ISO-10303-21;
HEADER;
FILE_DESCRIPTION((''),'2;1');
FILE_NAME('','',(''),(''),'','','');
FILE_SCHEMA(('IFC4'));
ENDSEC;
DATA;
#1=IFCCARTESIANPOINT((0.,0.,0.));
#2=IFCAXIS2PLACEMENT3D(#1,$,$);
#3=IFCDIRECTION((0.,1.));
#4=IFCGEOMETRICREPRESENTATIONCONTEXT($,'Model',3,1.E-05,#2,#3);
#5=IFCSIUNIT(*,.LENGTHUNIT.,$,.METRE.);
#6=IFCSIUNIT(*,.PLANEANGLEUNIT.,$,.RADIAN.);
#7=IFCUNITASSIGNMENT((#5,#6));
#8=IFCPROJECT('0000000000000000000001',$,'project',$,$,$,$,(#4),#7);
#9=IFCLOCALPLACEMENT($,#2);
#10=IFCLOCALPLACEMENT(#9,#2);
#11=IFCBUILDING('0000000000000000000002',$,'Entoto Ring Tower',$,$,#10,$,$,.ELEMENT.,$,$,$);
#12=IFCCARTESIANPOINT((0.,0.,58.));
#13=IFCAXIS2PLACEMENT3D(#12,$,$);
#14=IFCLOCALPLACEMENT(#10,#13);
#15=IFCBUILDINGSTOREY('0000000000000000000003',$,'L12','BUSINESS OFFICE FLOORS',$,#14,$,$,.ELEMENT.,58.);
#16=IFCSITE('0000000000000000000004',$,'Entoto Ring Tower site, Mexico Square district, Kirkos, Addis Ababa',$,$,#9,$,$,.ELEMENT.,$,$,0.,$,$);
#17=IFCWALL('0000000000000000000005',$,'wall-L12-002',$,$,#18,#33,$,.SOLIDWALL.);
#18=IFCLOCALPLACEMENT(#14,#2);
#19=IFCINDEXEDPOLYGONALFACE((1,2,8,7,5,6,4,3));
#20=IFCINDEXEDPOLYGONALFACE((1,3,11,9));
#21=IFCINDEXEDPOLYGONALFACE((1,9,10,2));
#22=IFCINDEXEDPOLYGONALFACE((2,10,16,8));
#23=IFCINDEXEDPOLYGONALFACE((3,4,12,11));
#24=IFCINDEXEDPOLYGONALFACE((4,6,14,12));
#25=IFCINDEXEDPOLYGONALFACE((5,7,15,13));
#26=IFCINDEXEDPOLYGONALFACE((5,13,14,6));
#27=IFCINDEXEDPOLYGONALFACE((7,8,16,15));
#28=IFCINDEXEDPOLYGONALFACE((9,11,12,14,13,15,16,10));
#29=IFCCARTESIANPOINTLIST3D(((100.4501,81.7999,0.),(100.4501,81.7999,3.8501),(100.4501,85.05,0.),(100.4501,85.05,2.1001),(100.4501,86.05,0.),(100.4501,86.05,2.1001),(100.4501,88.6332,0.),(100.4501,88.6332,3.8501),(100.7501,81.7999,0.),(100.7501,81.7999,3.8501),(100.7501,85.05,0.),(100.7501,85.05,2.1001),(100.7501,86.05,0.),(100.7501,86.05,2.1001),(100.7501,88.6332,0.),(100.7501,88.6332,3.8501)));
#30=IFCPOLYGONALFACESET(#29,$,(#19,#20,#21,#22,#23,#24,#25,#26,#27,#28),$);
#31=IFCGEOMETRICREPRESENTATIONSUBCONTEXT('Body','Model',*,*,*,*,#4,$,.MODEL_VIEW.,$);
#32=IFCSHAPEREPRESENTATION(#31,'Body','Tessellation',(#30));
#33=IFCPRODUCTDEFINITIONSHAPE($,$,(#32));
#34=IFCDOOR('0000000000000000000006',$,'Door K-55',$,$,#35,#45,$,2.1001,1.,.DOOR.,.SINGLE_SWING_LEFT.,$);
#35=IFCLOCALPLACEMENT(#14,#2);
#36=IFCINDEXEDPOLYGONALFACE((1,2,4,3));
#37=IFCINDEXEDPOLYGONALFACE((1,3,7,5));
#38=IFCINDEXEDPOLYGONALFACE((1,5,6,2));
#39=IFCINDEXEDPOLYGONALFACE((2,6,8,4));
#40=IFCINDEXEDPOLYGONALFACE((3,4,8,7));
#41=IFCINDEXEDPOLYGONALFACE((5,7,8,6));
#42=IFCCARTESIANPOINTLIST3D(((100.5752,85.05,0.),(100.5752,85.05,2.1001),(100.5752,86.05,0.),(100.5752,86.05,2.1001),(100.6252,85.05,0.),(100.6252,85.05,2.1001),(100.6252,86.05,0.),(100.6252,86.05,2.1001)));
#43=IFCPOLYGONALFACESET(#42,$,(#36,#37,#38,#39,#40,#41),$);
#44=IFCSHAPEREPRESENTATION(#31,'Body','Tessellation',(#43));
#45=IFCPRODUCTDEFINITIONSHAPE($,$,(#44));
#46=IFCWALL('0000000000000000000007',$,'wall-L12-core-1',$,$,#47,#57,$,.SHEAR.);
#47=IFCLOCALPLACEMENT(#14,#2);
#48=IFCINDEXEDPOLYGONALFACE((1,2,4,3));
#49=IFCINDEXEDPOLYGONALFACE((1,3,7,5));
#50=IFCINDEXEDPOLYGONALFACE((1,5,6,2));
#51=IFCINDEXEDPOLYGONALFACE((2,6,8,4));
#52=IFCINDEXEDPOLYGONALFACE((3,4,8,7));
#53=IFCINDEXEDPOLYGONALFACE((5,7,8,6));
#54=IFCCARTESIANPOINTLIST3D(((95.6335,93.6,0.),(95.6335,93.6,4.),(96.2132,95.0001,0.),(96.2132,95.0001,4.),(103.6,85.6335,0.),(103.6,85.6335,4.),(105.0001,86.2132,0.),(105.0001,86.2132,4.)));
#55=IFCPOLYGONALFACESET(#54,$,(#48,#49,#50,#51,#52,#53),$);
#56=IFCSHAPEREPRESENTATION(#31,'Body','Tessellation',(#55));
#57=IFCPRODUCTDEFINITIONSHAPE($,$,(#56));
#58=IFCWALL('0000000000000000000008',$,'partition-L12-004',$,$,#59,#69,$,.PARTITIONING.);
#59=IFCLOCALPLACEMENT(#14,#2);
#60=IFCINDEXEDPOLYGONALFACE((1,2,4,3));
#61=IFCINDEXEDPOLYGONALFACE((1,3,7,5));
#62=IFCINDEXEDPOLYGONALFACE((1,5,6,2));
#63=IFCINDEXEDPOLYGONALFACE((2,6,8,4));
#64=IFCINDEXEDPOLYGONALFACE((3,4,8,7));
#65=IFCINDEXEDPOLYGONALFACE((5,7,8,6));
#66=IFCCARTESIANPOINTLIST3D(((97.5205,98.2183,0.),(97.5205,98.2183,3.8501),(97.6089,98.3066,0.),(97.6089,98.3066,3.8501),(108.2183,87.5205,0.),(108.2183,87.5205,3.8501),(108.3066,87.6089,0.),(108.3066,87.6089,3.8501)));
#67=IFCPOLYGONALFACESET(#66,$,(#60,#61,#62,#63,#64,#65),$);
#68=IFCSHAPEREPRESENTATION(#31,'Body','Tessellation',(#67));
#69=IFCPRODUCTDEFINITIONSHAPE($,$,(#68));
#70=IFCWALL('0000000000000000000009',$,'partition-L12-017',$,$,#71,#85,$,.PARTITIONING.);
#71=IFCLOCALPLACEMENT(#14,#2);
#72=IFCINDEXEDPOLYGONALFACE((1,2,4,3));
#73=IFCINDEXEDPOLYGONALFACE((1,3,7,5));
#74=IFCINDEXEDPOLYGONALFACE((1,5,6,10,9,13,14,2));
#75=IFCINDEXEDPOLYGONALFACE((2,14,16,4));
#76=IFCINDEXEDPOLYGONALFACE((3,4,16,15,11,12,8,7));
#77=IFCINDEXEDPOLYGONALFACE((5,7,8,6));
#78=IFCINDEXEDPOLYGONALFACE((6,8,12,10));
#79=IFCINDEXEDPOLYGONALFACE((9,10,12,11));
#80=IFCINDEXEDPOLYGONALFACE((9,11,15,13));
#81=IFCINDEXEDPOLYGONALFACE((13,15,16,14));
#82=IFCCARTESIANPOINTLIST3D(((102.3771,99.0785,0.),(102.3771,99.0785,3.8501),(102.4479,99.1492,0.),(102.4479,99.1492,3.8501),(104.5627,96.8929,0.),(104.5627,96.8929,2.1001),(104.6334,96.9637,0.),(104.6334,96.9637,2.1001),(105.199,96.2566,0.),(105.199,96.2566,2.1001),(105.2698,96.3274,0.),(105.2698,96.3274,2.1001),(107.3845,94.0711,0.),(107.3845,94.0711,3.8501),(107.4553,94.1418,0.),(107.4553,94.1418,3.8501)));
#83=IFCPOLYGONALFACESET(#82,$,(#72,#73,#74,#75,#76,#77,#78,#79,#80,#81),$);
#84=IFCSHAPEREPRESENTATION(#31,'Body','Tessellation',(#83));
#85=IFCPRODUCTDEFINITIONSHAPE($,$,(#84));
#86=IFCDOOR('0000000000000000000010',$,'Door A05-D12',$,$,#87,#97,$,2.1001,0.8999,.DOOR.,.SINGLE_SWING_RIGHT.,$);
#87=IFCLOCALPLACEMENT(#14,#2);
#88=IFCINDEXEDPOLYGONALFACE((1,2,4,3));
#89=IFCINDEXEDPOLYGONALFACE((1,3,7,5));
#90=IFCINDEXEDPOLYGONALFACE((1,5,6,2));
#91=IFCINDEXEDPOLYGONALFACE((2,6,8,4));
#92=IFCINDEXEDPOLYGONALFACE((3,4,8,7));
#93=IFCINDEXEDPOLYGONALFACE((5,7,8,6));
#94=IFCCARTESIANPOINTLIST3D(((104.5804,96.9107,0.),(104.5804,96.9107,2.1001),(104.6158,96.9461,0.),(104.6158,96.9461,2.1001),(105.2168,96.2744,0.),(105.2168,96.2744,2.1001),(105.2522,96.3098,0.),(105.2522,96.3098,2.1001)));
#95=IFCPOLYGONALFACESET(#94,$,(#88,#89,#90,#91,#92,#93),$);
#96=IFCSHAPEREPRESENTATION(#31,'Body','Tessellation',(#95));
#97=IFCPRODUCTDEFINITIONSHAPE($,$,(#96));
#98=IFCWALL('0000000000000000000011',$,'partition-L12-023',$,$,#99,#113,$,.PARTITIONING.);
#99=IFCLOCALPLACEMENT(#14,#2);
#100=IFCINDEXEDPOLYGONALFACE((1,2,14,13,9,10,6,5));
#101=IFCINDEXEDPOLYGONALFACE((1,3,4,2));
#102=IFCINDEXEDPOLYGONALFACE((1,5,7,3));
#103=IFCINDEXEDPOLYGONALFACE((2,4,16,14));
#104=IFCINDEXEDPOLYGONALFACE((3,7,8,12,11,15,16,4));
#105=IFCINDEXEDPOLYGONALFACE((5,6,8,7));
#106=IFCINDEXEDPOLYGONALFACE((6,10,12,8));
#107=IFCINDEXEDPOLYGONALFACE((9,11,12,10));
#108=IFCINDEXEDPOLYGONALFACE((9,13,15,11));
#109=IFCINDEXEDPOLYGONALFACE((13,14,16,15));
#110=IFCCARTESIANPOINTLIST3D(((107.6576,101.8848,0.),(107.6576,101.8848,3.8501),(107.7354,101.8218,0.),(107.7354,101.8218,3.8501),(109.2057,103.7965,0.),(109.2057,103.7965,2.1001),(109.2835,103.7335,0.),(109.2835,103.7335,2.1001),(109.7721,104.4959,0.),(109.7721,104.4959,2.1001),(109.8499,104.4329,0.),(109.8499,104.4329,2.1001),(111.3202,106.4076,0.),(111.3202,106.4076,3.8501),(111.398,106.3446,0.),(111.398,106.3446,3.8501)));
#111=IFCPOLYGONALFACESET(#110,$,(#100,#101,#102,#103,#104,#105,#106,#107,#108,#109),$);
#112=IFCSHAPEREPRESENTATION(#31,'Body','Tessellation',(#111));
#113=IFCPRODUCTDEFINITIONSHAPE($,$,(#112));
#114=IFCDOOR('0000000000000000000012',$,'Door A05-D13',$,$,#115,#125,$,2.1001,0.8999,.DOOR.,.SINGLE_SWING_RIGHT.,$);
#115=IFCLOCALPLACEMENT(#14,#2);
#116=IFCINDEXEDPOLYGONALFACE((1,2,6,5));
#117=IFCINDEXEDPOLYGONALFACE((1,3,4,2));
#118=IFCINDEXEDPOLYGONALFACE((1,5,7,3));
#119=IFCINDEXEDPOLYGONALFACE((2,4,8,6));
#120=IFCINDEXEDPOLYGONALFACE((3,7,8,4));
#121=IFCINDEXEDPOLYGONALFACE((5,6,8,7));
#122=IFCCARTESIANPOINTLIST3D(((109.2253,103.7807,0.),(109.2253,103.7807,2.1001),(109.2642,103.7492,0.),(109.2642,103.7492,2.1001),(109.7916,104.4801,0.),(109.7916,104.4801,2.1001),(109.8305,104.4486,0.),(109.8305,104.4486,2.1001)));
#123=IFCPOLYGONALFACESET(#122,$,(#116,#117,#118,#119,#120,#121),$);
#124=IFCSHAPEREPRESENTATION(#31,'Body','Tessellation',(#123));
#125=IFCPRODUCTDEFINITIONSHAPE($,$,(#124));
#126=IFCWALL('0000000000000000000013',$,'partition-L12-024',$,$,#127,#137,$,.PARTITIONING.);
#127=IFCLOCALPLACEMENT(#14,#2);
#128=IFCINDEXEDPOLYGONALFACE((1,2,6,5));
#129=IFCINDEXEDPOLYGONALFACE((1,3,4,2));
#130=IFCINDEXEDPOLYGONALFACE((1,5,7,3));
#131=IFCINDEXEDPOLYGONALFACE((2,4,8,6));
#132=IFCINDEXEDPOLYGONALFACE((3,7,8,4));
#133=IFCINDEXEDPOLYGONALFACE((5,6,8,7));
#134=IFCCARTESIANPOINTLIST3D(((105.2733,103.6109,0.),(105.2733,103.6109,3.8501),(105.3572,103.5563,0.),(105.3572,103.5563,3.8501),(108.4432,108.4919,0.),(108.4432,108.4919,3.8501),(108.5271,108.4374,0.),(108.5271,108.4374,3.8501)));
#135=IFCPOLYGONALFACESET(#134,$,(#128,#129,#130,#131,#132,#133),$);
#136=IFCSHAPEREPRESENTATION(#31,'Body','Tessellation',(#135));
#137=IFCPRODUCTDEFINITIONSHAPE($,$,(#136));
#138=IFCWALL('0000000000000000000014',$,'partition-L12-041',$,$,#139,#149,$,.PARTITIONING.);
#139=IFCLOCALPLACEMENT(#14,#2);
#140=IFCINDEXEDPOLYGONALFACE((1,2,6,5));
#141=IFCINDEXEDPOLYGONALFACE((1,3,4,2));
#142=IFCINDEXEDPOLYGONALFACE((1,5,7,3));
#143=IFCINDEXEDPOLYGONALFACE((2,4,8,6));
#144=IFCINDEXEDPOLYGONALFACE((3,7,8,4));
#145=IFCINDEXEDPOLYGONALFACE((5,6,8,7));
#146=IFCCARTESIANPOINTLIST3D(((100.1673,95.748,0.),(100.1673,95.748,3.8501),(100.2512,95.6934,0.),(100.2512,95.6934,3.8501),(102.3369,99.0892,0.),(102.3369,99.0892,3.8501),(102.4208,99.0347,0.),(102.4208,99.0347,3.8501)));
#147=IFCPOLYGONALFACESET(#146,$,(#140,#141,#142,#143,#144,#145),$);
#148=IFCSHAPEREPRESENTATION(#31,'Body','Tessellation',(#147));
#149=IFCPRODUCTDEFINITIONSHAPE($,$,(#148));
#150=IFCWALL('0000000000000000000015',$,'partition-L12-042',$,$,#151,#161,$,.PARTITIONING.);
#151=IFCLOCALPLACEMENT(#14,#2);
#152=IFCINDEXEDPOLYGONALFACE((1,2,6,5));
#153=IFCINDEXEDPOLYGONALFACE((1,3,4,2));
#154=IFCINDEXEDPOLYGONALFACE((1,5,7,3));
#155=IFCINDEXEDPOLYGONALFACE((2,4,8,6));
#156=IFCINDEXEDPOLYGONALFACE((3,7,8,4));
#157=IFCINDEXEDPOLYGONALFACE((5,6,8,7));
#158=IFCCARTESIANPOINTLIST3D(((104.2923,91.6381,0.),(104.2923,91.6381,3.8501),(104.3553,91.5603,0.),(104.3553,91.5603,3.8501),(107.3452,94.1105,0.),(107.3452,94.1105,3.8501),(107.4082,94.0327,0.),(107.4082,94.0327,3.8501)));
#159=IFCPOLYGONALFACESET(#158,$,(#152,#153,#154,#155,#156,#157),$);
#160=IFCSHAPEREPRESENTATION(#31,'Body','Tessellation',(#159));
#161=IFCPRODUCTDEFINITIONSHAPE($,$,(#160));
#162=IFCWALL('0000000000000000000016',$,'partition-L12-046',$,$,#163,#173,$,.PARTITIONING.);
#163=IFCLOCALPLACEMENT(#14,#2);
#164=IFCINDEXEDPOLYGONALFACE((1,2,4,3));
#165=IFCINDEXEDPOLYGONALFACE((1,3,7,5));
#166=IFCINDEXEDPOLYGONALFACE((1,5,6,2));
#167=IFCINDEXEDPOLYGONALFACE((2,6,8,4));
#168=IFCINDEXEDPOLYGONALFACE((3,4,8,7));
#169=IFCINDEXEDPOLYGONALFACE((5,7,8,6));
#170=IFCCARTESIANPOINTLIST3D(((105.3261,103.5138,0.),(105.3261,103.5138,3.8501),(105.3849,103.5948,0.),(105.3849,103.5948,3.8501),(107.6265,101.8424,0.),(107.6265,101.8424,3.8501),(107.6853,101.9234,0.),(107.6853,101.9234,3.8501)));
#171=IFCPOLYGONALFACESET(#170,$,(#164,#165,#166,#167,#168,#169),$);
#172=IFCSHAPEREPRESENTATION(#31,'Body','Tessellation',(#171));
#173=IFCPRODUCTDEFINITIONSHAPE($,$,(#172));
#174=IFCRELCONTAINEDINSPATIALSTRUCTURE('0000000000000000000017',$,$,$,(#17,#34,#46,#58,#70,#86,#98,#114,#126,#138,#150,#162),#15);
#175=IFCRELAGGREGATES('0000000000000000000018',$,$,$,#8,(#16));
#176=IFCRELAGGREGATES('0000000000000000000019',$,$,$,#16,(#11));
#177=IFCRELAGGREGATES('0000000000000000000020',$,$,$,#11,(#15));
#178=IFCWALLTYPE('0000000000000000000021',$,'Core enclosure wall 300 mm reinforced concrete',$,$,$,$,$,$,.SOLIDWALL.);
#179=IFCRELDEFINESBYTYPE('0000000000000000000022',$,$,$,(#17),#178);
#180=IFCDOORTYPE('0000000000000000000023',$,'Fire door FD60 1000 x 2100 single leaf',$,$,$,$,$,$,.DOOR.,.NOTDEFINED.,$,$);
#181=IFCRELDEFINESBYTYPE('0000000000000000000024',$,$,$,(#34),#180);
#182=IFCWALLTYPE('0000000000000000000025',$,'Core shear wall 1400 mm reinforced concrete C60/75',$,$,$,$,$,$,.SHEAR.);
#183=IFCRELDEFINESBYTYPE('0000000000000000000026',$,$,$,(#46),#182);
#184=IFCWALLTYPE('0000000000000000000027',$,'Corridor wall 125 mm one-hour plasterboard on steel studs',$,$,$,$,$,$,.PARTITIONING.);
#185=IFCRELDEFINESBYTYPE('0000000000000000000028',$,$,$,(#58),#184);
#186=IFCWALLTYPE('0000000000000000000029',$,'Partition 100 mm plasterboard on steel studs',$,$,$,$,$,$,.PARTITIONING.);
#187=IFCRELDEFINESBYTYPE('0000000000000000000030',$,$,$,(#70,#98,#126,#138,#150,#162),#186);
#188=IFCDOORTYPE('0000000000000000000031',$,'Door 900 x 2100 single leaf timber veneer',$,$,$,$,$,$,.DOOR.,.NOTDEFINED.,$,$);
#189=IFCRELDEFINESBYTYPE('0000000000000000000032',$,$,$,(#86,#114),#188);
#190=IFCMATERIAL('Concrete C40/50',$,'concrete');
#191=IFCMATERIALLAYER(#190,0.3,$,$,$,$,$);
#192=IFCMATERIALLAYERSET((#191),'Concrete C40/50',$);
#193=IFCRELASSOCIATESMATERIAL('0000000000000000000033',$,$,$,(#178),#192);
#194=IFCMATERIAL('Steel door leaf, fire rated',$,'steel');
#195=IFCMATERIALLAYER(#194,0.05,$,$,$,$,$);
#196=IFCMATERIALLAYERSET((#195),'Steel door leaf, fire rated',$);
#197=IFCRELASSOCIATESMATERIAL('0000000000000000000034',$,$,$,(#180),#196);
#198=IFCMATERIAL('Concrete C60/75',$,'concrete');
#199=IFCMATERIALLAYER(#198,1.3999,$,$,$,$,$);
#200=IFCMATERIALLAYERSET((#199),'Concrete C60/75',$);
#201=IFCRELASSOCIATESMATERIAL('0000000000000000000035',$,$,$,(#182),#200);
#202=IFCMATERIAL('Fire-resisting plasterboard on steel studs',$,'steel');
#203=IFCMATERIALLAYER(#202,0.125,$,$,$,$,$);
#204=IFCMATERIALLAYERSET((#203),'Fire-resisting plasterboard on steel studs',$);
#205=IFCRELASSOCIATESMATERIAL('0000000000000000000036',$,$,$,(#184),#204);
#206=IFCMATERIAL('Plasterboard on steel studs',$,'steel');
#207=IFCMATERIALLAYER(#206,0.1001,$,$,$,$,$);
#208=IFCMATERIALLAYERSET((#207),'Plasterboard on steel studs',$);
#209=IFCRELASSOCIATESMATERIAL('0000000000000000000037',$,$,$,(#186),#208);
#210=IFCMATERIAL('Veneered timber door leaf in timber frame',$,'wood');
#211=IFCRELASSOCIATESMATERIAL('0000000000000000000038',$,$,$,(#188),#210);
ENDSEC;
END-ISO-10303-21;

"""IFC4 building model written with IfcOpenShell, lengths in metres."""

from ifc_helpers import new_model, si_unit, direction, frame, frame_2d, origin, place, context, subcontext, project, spatial, polyline, rectangle, outline, extrude, material, layer, layer_set, type_object, element, fill, save


model = new_model("IFC4")

# Units and contexts
model_context = context("Model", 3, precision=1e-05, world=origin(), true_north=direction((0.0, 1.0)))
body_context = subcontext(model_context, "Body", "Model", "MODEL_VIEW")
ifc_project = project(units=[si_unit("LENGTHUNIT", "METRE"), si_unit("PLANEANGLEUNIT", "RADIAN")], contexts=[model_context])

# Site, building, storey
site_placement = place(None, origin())
site = spatial("IfcSite", under=ifc_project, at=site_placement, Name="Entoto Ring Tower site, Mexico Square district, Kirkos, Addis Ababa", CompositionType="ELEMENT", RefElevation=0.0)
building_placement = place(site_placement, origin())
building = spatial("IfcBuilding", under=site, at=building_placement, Name="Entoto Ring Tower", CompositionType="ELEMENT")
storey_placement = place(building_placement, frame((0.0, 0.0, 58.0)))
storey = spatial("IfcBuildingStorey", under=building, at=storey_placement, Name="L12", Description="BUSINESS OFFICE FLOORS", CompositionType="ELEMENT", Elevation=58.0)

# Wall, opening, door
ifc_material_1 = material(Name="Concrete C40/50", Category="concrete")
ifc_layer_1 = layer(ifc_material_1, 0.3)
ifc_layer_set_1 = layer_set([ifc_layer_1], Name="Concrete C40/50")
wall_type_1 = type_object("IfcWallType", Name="Core enclosure wall 300 mm reinforced concrete", PredefinedType="SOLIDWALL", material=ifc_layer_set_1)
wall_1_placement = place(storey_placement, frame((100.6001, 81.8, 0.0), z_axis=(0.0, 0.0, 1.0), x_axis=(0.0, 1.0, 0.0)))
wall_1 = element("IfcWall", 1, at=wall_1_placement, inside=storey, type_object=wall_type_1, Name="wall-L12-002", PredefinedType="SOLIDWALL", context=body_context, shape_type="SweptSolid", body=[
    extrude(rectangle(XDim=6.8333, YDim=0.3, at=frame_2d((3.4165, 0.0))), origin(), (0.0, 0.0, 1.0), 3.8501),
])
opening_1_placement = place(wall_1_placement, frame((3.25, 0.0, 0.0)))
opening_1 = element("IfcOpeningElement", 2, at=opening_1_placement, cuts=wall_1, PredefinedType="OPENING", context=body_context, shape_type="SweptSolid", body=[
    extrude(rectangle(XDim=1.0, YDim=2.1001, at=frame_2d((0.5, 1.05))), frame((0.0, 0.1602, 0.0), z_axis=(0.0, -1.0, 0.0), x_axis=(1.0, 0.0, 0.0)), (0.0, 0.0, 1.0), 0.3201),
])
ifc_material_2 = material(Name="Steel door leaf, fire rated", Category="steel")
ifc_layer_2 = layer(ifc_material_2, 0.05)
ifc_layer_set_2 = layer_set([ifc_layer_2], Name="Steel door leaf, fire rated")
door_type_1 = type_object("IfcDoorType", Name="Fire door FD60 1000 x 2100 single leaf", OperationType="NOTDEFINED", PredefinedType="DOOR", material=ifc_layer_set_2)
door_1_placement = place(opening_1_placement, origin())
door_1 = element("IfcDoor", 3, at=door_1_placement, inside=storey, type_object=door_type_1, Name="Door K-55", OperationType="SINGLE_SWING_LEFT", OverallHeight=2.1001, OverallWidth=1.0, PredefinedType="DOOR", context=body_context, shape_type="SweptSolid", body=[
    extrude(rectangle(XDim=1.0, YDim=2.1001, at=frame_2d((0.5, 1.05))), frame((0.0, 0.0249, 0.0), z_axis=(0.0, -1.0, 0.0), x_axis=(1.0, 0.0, 0.0)), (0.0, 0.0, 1.0), 0.05),
])
fill(opening_1, door_1)

# Walls
ifc_material_3 = material(Name="Concrete C60/75", Category="concrete")
ifc_layer_3 = layer(ifc_material_3, 1.3999)
ifc_layer_set_3 = layer_set([ifc_layer_3], Name="Concrete C60/75")
wall_type_2 = type_object("IfcWallType", Name="Core shear wall 1400 mm reinforced concrete C60/75", PredefinedType="SHEAR", material=ifc_layer_set_3)
wall_2_placement = place(storey_placement, frame((104.3, 85.9233, 0.0), z_axis=(0.0, 0.0, 1.0), x_axis=(-0.707107, 0.707107, 0.0)))
element("IfcWall", 4, at=wall_2_placement, inside=storey, type_object=wall_type_2, Name="wall-L12-core-1", PredefinedType="SHEAR", context=body_context, shape_type="SweptSolid", body=[
    extrude(outline(polyline([(-0.29, -0.7), (12.1365, -0.7), (11.5564, 0.7), (0.29, 0.7), (-0.29, -0.7)])), origin(), (0.0, 0.0, 1.0), 4.0),
])
ifc_material_4 = material(Name="Fire-resisting plasterboard on steel studs", Category="steel")
ifc_layer_4 = layer(ifc_material_4, 0.125)
ifc_layer_set_4 = layer_set([ifc_layer_4], Name="Fire-resisting plasterboard on steel studs")
wall_type_3 = type_object("IfcWallType", Name="Corridor wall 125 mm one-hour plasterboard on steel studs", PredefinedType="PARTITIONING", material=ifc_layer_set_4)
wall_3_placement = place(storey_placement, frame((108.2625, 87.5647, 0.0), z_axis=(0.0, 0.0, 1.0), x_axis=(-0.707107, 0.707107, 0.0)))
element("IfcWall", 5, at=wall_3_placement, inside=storey, type_object=wall_type_3, Name="partition-L12-004", PredefinedType="PARTITIONING", context=body_context, shape_type="SweptSolid", body=[
    extrude(rectangle(XDim=15.1289, YDim=0.125, at=frame_2d((7.5645, 0.0))), origin(), (0.0, 0.0, 1.0), 3.8501),
])

# Walls, openings, doors
ifc_material_5 = material(Name="Plasterboard on steel studs", Category="steel")
ifc_layer_5 = layer(ifc_material_5, 0.1001)
ifc_layer_set_5 = layer_set([ifc_layer_5], Name="Plasterboard on steel studs")
wall_type_4 = type_object("IfcWallType", Name="Partition 100 mm plasterboard on steel studs", PredefinedType="PARTITIONING", material=ifc_layer_set_5)
wall_4_placement = place(storey_placement, frame((107.4199, 94.1064, 0.0), z_axis=(0.0, 0.0, 1.0), x_axis=(-0.707107, 0.707107, 0.0)))
wall_4 = element("IfcWall", 6, at=wall_4_placement, inside=storey, type_object=wall_type_4, Name="partition-L12-017", PredefinedType="PARTITIONING", context=body_context, shape_type="SweptSolid", body=[
    extrude(rectangle(XDim=7.0815, YDim=0.1001, at=frame_2d((3.5408, 0.0))), origin(), (0.0, 0.0, 1.0), 3.8501),
])
opening_2_placement = place(wall_4_placement, frame((3.0908, 0.0, 0.0)))
opening_2 = element("IfcOpeningElement", 7, at=opening_2_placement, cuts=wall_4, PredefinedType="OPENING", context=body_context, shape_type="SweptSolid", body=[
    extrude(rectangle(XDim=0.8999, YDim=2.1001, at=frame_2d((0.45, 1.05))), frame((0.0, 0.0601, 0.0), z_axis=(0.0, -1.0, 0.0), x_axis=(1.0, 0.0, 0.0)), (0.0, 0.0, 1.0), 0.1201),
])
ifc_material_6 = material(Name="Veneered timber door leaf in timber frame", Category="wood")
door_type_2 = type_object("IfcDoorType", Name="Door 900 x 2100 single leaf timber veneer", OperationType="NOTDEFINED", PredefinedType="DOOR", material=ifc_material_6)
door_2_placement = place(opening_2_placement, origin())
door_2 = element("IfcDoor", 8, at=door_2_placement, inside=storey, type_object=door_type_2, Name="Door A05-D12", OperationType="SINGLE_SWING_RIGHT", OverallHeight=2.1001, OverallWidth=0.8999, PredefinedType="DOOR", context=body_context, shape_type="SweptSolid", body=[
    extrude(rectangle(XDim=0.8999, YDim=2.1001, at=frame_2d((0.45, 1.05))), frame((0.0, 0.0249, 0.0), z_axis=(0.0, -1.0, 0.0), x_axis=(1.0, 0.0, 0.0)), (0.0, 0.0, 1.0), 0.05),
])
fill(opening_2, door_2)
wall_5_placement = place(storey_placement, frame((107.6965, 101.8533, 0.0), z_axis=(0.0, 0.0, 1.0), x_axis=(0.629319, 0.777147, 0.0)))
wall_5 = element("IfcWall", 9, at=wall_5_placement, inside=storey, type_object=wall_type_4, Name="partition-L12-023", PredefinedType="PARTITIONING", context=body_context, shape_type="SweptSolid", body=[
    extrude(rectangle(XDim=5.8198, YDim=0.1001, at=frame_2d((2.9099, 0.0))), origin(), (0.0, 0.0, 1.0), 3.8501),
])
opening_3_placement = place(wall_5_placement, frame((2.46, 0.0, 0.0)))
opening_3 = element("IfcOpeningElement", 10, at=opening_3_placement, cuts=wall_5, PredefinedType="OPENING", context=body_context, shape_type="SweptSolid", body=[
    extrude(rectangle(XDim=0.8999, YDim=2.1001, at=frame_2d((0.45, 1.05))), frame((0.0, 0.0601, 0.0), z_axis=(0.0, -1.0, 0.0), x_axis=(1.0, 0.0, 0.0)), (0.0, 0.0, 1.0), 0.1201),
])
door_3_placement = place(opening_3_placement, origin())
door_3 = element("IfcDoor", 11, at=door_3_placement, inside=storey, type_object=door_type_2, Name="Door A05-D13", OperationType="SINGLE_SWING_RIGHT", OverallHeight=2.1001, OverallWidth=0.8999, PredefinedType="DOOR", context=body_context, shape_type="SweptSolid", body=[
    extrude(rectangle(XDim=0.8999, YDim=2.1001, at=frame_2d((0.45, 1.05))), frame((0.0, 0.0249, 0.0), z_axis=(0.0, -1.0, 0.0), x_axis=(1.0, 0.0, 0.0)), (0.0, 0.0, 1.0), 0.05),
])
fill(opening_3, door_3)

# Walls
wall_6_placement = place(storey_placement, frame((105.3152, 103.5835, 0.0), z_axis=(0.0, 0.0, 1.0), x_axis=(0.544651, 0.838663, 0.0)))
element("IfcWall", 12, at=wall_6_placement, inside=storey, type_object=wall_type_4, Name="partition-L12-024", PredefinedType="PARTITIONING", context=body_context, shape_type="SweptSolid", body=[
    extrude(rectangle(XDim=5.8201, YDim=0.1001, at=frame_2d((2.9102, 0.0))), origin(), (0.0, 0.0, 1.0), 3.8501),
])
wall_7_placement = place(storey_placement, frame((100.2092, 95.7207, 0.0), z_axis=(0.0, 0.0, 1.0), x_axis=(0.544605, 0.838693, 0.0)))
element("IfcWall", 13, at=wall_7_placement, inside=storey, type_object=wall_type_4, Name="partition-L12-041", PredefinedType="PARTITIONING", context=body_context, shape_type="SweptSolid", body=[
    extrude(rectangle(XDim=3.9839, YDim=0.1001, at=frame_2d((1.9919, 0.0))), origin(), (0.0, 0.0, 1.0), 3.8501),
])
wall_8_placement = place(storey_placement, frame((104.3237, 91.5991, 0.0), z_axis=(0.0, 0.0, 1.0), x_axis=(0.777126, 0.629345, 0.0)))
element("IfcWall", 14, at=wall_8_placement, inside=storey, type_object=wall_type_4, Name="partition-L12-042", PredefinedType="PARTITIONING", context=body_context, shape_type="SweptSolid", body=[
    extrude(rectangle(XDim=3.9285, YDim=0.1001, at=frame_2d((1.9644, 0.0))), origin(), (0.0, 0.0, 1.0), 3.8501),
])
wall_9_placement = place(storey_placement, frame((107.656, 101.8828, 0.0), z_axis=(0.0, 0.0, 1.0), x_axis=(-0.808996, 0.587814, 0.0)))
element("IfcWall", 15, at=wall_9_placement, inside=storey, type_object=wall_type_4, Name="partition-L12-046", PredefinedType="PARTITIONING", context=body_context, shape_type="SweptSolid", body=[
    extrude(rectangle(XDim=2.8435, YDim=0.1001, at=frame_2d((1.4219, 0.0))), origin(), (0.0, 0.0, 1.0), 3.8501),
])

save(model, "model.ifc")
